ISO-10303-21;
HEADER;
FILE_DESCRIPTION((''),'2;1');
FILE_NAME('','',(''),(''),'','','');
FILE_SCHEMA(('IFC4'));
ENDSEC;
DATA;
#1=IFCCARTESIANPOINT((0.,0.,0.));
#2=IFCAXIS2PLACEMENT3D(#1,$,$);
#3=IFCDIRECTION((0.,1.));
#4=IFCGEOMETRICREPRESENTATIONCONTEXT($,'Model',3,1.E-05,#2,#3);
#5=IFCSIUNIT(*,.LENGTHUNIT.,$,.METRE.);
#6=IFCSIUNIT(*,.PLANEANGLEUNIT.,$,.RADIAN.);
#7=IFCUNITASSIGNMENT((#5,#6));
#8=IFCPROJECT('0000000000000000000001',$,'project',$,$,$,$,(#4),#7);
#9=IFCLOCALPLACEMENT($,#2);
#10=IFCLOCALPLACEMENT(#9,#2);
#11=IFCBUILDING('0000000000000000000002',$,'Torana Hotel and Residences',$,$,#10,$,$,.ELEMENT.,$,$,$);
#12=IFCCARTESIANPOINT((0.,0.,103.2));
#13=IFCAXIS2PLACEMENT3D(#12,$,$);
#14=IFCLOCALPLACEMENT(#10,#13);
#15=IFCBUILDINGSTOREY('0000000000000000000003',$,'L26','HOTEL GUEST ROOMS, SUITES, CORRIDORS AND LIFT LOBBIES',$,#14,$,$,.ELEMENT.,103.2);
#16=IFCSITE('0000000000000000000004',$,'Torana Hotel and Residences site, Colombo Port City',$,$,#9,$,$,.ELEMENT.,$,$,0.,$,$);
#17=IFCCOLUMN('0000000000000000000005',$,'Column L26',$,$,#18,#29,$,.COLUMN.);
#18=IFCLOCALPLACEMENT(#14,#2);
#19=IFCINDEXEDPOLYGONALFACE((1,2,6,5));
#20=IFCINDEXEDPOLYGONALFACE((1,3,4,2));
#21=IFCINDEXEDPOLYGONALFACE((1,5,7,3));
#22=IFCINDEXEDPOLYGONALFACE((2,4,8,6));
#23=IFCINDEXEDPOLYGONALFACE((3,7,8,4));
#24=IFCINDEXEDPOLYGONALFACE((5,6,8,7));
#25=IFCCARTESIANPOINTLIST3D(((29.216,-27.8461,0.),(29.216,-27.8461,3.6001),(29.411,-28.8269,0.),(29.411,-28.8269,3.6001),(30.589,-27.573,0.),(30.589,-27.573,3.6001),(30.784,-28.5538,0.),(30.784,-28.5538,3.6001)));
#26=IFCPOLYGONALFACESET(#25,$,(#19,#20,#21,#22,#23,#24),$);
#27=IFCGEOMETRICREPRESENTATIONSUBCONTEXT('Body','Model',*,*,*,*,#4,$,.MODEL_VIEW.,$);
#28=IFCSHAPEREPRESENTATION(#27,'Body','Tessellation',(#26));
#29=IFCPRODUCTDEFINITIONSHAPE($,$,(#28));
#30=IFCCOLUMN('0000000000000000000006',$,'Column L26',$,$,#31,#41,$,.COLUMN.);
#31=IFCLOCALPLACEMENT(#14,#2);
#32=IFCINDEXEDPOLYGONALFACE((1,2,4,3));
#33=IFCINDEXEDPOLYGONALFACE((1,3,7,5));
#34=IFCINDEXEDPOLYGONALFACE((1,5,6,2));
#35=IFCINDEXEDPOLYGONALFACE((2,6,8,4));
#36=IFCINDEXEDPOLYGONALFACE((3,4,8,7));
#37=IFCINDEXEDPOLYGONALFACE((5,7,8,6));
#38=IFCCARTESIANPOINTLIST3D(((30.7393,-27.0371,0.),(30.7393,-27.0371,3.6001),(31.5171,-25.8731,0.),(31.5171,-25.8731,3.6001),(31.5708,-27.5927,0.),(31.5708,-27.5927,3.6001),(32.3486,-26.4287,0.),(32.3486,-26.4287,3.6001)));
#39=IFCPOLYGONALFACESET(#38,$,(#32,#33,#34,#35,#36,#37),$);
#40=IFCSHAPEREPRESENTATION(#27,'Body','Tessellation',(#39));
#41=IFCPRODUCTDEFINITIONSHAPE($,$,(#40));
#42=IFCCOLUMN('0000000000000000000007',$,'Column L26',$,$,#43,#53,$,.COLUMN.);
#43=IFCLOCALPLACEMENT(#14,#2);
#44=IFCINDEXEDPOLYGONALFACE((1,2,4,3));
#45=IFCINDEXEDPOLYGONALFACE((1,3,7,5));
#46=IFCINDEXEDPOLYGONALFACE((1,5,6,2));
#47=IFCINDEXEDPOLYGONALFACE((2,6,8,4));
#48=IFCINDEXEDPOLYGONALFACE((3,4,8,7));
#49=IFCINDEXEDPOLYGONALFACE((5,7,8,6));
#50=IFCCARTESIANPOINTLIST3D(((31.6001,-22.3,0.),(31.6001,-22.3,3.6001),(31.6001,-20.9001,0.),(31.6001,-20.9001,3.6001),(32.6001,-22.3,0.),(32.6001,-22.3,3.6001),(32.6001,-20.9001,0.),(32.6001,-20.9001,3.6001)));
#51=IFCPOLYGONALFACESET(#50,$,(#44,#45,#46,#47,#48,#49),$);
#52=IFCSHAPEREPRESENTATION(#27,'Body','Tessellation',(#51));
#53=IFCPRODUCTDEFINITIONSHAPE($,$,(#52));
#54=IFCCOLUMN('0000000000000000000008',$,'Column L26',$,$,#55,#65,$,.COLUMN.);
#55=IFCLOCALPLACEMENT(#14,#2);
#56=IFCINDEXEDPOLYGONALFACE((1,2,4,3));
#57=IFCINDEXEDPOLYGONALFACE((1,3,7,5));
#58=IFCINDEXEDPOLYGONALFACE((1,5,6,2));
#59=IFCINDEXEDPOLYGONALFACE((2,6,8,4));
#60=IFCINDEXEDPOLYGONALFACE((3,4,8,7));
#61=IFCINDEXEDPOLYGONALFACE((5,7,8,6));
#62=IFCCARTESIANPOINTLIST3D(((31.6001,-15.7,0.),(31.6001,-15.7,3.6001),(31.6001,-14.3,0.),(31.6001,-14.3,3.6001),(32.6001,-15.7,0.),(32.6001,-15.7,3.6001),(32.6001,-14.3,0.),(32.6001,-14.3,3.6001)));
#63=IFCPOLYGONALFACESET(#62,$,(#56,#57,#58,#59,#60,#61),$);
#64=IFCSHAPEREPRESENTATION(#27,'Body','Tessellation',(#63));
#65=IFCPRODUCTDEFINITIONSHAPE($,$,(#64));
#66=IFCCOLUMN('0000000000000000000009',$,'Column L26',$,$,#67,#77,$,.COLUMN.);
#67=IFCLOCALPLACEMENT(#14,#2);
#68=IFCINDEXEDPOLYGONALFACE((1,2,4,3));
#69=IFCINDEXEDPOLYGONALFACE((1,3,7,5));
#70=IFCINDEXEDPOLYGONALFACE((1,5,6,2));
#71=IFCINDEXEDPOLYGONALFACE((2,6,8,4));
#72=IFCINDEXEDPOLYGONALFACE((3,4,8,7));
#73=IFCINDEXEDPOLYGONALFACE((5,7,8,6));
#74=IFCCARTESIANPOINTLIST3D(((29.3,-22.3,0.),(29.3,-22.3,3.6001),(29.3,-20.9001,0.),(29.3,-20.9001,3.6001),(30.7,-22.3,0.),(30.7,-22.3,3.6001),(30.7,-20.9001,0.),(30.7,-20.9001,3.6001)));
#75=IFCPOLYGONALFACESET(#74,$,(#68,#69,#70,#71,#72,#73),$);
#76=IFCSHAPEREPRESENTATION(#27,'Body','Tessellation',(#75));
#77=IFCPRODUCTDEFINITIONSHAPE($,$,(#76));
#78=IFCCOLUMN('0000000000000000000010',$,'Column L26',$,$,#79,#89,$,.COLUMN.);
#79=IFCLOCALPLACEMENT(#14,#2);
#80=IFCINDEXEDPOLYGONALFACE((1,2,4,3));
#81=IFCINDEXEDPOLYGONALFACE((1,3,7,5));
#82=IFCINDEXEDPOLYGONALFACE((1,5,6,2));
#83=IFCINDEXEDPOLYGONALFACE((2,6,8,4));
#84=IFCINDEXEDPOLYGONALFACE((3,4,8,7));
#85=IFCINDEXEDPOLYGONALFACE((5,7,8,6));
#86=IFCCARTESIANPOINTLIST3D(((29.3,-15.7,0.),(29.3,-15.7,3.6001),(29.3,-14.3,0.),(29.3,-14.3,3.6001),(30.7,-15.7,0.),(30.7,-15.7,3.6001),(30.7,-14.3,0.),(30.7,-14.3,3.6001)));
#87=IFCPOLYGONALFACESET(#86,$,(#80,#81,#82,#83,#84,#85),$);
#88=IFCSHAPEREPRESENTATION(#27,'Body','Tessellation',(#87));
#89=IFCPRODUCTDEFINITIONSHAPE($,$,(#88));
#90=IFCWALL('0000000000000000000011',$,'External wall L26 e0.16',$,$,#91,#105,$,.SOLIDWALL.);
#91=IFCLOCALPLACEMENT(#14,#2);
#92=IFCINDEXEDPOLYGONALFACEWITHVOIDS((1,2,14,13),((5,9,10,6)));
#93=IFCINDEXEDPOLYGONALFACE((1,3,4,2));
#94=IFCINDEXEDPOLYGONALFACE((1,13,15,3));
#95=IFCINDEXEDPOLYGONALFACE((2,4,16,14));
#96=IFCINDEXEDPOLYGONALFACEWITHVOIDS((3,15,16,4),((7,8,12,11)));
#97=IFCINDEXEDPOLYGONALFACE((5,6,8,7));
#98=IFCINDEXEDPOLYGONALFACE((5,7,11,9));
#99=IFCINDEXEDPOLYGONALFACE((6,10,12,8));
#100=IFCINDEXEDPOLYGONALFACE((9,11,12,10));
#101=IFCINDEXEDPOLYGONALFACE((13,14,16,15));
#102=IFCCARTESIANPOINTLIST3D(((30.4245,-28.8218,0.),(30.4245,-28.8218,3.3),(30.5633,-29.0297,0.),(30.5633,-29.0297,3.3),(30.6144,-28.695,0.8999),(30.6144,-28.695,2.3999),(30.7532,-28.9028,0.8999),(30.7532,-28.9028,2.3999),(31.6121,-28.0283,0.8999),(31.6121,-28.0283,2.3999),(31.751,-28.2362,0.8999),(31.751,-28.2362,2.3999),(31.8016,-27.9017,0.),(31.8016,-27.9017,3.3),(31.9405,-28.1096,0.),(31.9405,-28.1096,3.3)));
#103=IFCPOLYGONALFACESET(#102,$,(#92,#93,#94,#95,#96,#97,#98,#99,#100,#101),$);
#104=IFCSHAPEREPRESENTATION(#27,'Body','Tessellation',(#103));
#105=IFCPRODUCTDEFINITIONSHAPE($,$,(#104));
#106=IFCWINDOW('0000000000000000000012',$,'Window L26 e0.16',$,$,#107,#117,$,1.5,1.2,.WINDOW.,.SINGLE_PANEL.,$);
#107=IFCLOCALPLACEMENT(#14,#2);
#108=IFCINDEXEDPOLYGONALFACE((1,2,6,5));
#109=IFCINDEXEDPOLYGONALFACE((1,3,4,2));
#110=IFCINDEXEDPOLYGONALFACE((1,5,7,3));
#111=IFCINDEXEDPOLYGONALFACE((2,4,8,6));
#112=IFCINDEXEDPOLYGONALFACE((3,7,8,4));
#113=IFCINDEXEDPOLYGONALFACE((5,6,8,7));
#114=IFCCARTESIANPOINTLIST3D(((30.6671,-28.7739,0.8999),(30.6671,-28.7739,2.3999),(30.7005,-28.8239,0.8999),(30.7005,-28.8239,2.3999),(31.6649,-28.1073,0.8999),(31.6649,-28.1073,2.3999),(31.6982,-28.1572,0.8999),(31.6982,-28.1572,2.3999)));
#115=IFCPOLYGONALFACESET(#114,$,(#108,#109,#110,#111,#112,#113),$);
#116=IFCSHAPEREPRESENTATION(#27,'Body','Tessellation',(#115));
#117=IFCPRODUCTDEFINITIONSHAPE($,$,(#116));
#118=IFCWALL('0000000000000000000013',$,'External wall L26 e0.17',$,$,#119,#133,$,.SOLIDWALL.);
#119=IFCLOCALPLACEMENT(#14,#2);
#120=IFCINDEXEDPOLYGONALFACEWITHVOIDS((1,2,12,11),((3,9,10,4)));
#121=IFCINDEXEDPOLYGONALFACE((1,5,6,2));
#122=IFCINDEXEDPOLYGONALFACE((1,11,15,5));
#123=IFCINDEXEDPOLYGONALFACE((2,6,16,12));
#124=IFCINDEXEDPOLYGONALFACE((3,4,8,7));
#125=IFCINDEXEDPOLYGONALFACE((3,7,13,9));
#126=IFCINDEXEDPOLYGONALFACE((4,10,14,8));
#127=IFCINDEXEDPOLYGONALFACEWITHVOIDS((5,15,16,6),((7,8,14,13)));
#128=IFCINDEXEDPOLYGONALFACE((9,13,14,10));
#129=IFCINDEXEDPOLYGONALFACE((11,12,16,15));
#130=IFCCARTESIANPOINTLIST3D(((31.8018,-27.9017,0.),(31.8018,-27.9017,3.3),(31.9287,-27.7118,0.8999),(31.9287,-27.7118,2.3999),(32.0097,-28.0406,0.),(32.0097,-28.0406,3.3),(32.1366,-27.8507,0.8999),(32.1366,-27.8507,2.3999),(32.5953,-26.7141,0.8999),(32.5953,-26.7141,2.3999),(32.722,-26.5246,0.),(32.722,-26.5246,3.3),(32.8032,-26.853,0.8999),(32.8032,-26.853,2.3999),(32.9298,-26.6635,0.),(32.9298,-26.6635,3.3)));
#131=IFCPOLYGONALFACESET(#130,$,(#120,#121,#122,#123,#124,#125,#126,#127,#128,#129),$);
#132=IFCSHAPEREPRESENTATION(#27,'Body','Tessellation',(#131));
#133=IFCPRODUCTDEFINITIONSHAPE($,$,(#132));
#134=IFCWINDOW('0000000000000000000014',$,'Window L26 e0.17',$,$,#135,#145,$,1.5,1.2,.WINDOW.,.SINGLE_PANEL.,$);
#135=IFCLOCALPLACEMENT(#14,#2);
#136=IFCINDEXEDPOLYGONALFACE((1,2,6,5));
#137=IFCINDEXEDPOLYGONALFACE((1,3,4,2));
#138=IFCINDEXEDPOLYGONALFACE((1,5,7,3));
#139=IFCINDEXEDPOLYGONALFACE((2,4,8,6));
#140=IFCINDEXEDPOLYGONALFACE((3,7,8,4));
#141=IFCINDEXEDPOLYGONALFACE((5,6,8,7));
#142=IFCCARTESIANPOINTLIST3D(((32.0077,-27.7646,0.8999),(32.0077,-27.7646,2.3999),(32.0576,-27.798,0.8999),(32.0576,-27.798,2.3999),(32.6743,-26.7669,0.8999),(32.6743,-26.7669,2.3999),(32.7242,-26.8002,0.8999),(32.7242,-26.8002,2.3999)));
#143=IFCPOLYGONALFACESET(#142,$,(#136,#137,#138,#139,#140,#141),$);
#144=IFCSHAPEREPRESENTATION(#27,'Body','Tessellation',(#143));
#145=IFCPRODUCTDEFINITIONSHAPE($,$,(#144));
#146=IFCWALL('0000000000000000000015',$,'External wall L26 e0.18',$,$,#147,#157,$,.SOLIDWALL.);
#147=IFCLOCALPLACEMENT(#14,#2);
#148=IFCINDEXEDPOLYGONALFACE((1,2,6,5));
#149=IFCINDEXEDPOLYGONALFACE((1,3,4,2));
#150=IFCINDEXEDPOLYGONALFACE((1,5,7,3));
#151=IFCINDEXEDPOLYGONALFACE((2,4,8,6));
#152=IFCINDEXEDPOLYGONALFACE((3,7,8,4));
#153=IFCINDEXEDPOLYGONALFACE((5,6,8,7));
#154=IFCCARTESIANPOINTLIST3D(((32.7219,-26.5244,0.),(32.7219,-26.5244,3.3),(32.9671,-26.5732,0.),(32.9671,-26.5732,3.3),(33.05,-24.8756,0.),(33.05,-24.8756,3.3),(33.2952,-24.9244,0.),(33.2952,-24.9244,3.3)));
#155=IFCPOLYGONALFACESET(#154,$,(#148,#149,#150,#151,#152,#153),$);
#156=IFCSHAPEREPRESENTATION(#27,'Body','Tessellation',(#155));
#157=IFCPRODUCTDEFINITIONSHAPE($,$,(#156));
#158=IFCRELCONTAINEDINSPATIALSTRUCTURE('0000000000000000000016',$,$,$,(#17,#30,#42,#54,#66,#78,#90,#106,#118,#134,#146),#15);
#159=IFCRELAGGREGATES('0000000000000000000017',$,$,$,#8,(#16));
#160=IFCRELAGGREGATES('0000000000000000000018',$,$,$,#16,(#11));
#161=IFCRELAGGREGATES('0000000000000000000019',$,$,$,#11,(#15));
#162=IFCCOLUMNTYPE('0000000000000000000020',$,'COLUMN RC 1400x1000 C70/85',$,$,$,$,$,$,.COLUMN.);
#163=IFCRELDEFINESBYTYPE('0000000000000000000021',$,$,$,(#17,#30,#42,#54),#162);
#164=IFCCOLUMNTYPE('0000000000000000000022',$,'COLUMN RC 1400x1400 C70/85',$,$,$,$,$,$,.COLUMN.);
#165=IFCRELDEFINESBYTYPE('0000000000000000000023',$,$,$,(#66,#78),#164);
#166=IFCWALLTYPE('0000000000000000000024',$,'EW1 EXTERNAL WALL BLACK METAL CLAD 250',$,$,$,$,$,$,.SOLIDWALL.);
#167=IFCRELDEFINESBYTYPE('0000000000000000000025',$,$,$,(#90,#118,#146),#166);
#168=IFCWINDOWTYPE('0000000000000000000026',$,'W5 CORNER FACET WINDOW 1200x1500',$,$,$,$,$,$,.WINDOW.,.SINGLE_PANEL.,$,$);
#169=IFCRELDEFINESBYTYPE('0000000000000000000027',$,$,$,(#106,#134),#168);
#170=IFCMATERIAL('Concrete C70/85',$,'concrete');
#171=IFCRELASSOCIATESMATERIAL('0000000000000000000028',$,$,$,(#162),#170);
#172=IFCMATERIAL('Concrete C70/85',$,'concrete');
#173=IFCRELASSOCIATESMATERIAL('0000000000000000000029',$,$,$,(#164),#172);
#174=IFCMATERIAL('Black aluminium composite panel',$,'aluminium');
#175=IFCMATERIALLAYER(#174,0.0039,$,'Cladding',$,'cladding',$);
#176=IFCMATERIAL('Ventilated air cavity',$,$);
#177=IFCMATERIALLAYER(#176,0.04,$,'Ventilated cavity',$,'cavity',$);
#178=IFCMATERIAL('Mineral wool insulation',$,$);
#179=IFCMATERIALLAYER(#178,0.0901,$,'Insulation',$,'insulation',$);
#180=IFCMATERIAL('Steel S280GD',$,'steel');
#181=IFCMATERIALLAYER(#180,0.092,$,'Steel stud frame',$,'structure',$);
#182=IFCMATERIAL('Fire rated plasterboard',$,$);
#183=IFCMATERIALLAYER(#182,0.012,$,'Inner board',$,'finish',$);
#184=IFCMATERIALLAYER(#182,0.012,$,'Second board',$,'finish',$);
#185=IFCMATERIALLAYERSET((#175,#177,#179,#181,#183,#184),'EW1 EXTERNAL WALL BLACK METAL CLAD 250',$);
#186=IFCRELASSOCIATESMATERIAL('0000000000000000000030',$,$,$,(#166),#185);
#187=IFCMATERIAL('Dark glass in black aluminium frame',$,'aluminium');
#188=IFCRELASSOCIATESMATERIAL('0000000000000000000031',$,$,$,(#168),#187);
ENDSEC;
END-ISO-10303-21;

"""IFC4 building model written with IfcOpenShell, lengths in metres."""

from ifc_helpers import new_model, si_unit, direction, frame, frame_2d, origin, origin_2d, place, context, subcontext, project, spatial, rectangle, extrude, material, layer, layer_set, material_profile, profile_set, type_object, element, fill, save


model = new_model("IFC4")

# Units and contexts
model_context = context("Model", 3, precision=1e-05, world=origin(), true_north=direction((0.0, 1.0)))
body_context = subcontext(model_context, "Body", "Model", "MODEL_VIEW")
ifc_project = project(units=[si_unit("LENGTHUNIT", "METRE"), si_unit("PLANEANGLEUNIT", "RADIAN")], contexts=[model_context])

# Site, building, storey
site_placement = place(None, origin())
site = spatial("IfcSite", under=ifc_project, at=site_placement, Name="Torana Hotel and Residences site, Colombo Port City", CompositionType="ELEMENT", RefElevation=0.0)
building_placement = place(site_placement, origin())
building = spatial("IfcBuilding", under=site, at=building_placement, Name="Torana Hotel and Residences", CompositionType="ELEMENT")
storey_placement = place(building_placement, frame((0.0, 0.0, 103.2)))
storey = spatial("IfcBuildingStorey", under=building, at=storey_placement, Name="L26", Description="HOTEL GUEST ROOMS, SUITES, CORRIDORS AND LIFT LOBBIES", CompositionType="ELEMENT", Elevation=103.2)

# Columns
ifc_material_1 = material(Name="Concrete C70/85", Category="concrete")
ifc_material_profile_1 = material_profile(ifc_material_1, rectangle(XDim=1.3999, YDim=1.0, at=origin_2d()), Name="RC 1400x1000")
ifc_profile_set_1 = profile_set([ifc_material_profile_1], Name="Concrete C70/85")
column_type_1 = type_object("IfcColumnType", Name="COLUMN RC 1400x1000 C70/85", PredefinedType="COLUMN", material=ifc_profile_set_1)
for number, where, z_axis, x_axis, name in (
    (1, (30.0, -28.2, 0.0), (0.0, 0.0, 1.0), (0.980792, 0.195056, 0.0), "Column L26"),
    (2, (31.5439, -26.7329, 0.0), (0.0, 0.0, 1.0), (0.555585, 0.83146, 0.0), "Column L26"),
    (3, (32.1001, -21.6001, 0.0), (0.0, 0.0, 1.0), (0.0, 1.0, 0.0), "Column L26"),
    (4, (32.1001, -15.0, 0.0), (0.0, 0.0, 1.0), (0.0, 1.0, 0.0), "Column L26"),
):
    element("IfcColumn", number, at=place(storey_placement, frame(where, z_axis=z_axis, x_axis=x_axis)), inside=storey, type_object=column_type_1, Name=name, PredefinedType="COLUMN", context=body_context, shape_type="SweptSolid", body=[
        extrude(rectangle(XDim=1.3999, YDim=1.0, at=origin_2d()), origin(), (0.0, 0.0, 1.0), 3.6001),
    ])
ifc_material_2 = material(Name="Concrete C70/85", Category="concrete")
ifc_material_profile_2 = material_profile(ifc_material_2, rectangle(XDim=1.3999, YDim=1.3999, at=origin_2d()), Name="RC 1400x1400")
ifc_profile_set_2 = profile_set([ifc_material_profile_2], Name="Concrete C70/85")
column_type_2 = type_object("IfcColumnType", Name="COLUMN RC 1400x1400 C70/85", PredefinedType="COLUMN", material=ifc_profile_set_2)
for number, where, z_axis, x_axis, name in (
    (5, (30.0, -21.6001, 0.0), (0.0, 0.0, 1.0), (1.0, 0.0, 0.0), "Column L26"),
    (6, (30.0, -15.0, 0.0), (0.0, 0.0, 1.0), (1.0, 0.0, 0.0), "Column L26"),
):
    element("IfcColumn", number, at=place(storey_placement, frame(where, z_axis=z_axis, x_axis=x_axis)), inside=storey, type_object=column_type_2, Name=name, PredefinedType="COLUMN", context=body_context, shape_type="SweptSolid", body=[
        extrude(rectangle(XDim=1.3999, YDim=1.3999, at=origin_2d()), origin(), (0.0, 0.0, 1.0), 3.6001),
    ])

# Walls, openings, windows
ifc_material_3 = material(Name="Black aluminium composite panel", Category="aluminium")
ifc_layer_1 = layer(ifc_material_3, 0.0039, Name="Cladding", Category="cladding")
ifc_material_4 = material(Name="Ventilated air cavity")
ifc_layer_2 = layer(ifc_material_4, 0.04, Name="Ventilated cavity", Category="cavity")
ifc_material_5 = material(Name="Mineral wool insulation")
ifc_layer_3 = layer(ifc_material_5, 0.0901, Name="Insulation", Category="insulation")
ifc_material_6 = material(Name="Steel S280GD", Category="steel")
ifc_layer_4 = layer(ifc_material_6, 0.092, Name="Steel stud frame", Category="structure")
ifc_material_7 = material(Name="Fire rated plasterboard")
ifc_layer_5 = layer(ifc_material_7, 0.012, Name="Inner board", Category="finish")
ifc_layer_6 = layer(ifc_material_7, 0.012, Name="Second board", Category="finish")
ifc_layer_set_1 = layer_set([ifc_layer_1, ifc_layer_2, ifc_layer_3, ifc_layer_4, ifc_layer_5, ifc_layer_6], Name="EW1 EXTERNAL WALL BLACK METAL CLAD 250")
wall_type_1 = type_object("IfcWallType", Name="EW1 EXTERNAL WALL BLACK METAL CLAD 250", PredefinedType="SOLIDWALL", material=ifc_layer_set_1)
wall_1_placement = place(storey_placement, frame((30.4939, -28.9258, 0.0), z_axis=(0.0, 0.0, 1.0), x_axis=(0.831483, 0.55555, 0.0)))
wall_1 = element("IfcWall", 7, at=wall_1_placement, inside=storey, type_object=wall_type_1, Name="External wall L26 e0.16", PredefinedType="SOLIDWALL", context=body_context, shape_type="SweptSolid", body=[
    extrude(rectangle(XDim=1.6562, YDim=0.25, at=frame_2d((0.8281, 0.0))), origin(), (0.0, 0.0, 1.0), 3.3),
])
opening_1_placement = place(wall_1_placement, frame((0.2283, 0.0, 0.8999)))
opening_1 = element("IfcOpeningElement", 8, at=opening_1_placement, cuts=wall_1, PredefinedType="OPENING", context=body_context, shape_type="SweptSolid", body=[
    extrude(rectangle(XDim=1.2, YDim=1.5, at=frame_2d((0.6001, 0.75))), frame((0.0, 0.135, 0.0), z_axis=(0.0, -1.0, 0.0), x_axis=(1.0, 0.0, 0.0)), (0.0, 0.0, 1.0), 0.27),
])
ifc_material_8 = material(Name="Dark glass in black aluminium frame", Category="aluminium")
window_type_1 = type_object("IfcWindowType", Name="W5 CORNER FACET WINDOW 1200x1500", PartitioningType="SINGLE_PANEL", PredefinedType="WINDOW", material=ifc_material_8)
window_1_placement = place(opening_1_placement, origin())
window_1 = element("IfcWindow", 9, at=window_1_placement, inside=storey, type_object=window_type_1, Name="Window L26 e0.16", OverallHeight=1.5, OverallWidth=1.2, PartitioningType="SINGLE_PANEL", PredefinedType="WINDOW", context=body_context, shape_type="SweptSolid", body=[
    extrude(rectangle(XDim=1.2, YDim=1.5, at=frame_2d((0.6001, 0.75))), frame((0.0, 0.03, 0.0), z_axis=(0.0, -1.0, 0.0), x_axis=(1.0, 0.0, 0.0)), (0.0, 0.0, 1.0), 0.0601),
])
fill(opening_1, window_1)
wall_2_placement = place(storey_placement, frame((31.9058, -27.9712, 0.0), z_axis=(0.0, 0.0, 1.0), x_axis=(0.55555, 0.831483, 0.0)))
wall_2 = element("IfcWall", 10, at=wall_2_placement, inside=storey, type_object=wall_type_1, Name="External wall L26 e0.17", PredefinedType="SOLIDWALL", context=body_context, shape_type="SweptSolid", body=[
    extrude(rectangle(XDim=1.6562, YDim=0.25, at=frame_2d((0.8281, 0.0))), origin(), (0.0, 0.0, 1.0), 3.3),
])
opening_2_placement = place(wall_2_placement, frame((0.2283, 0.0, 0.8999)))
opening_2 = element("IfcOpeningElement", 11, at=opening_2_placement, cuts=wall_2, PredefinedType="OPENING", context=body_context, shape_type="SweptSolid", body=[
    extrude(rectangle(XDim=1.2, YDim=1.5, at=frame_2d((0.6001, 0.75))), frame((0.0, 0.135, 0.0), z_axis=(0.0, -1.0, 0.0), x_axis=(1.0, 0.0, 0.0)), (0.0, 0.0, 1.0), 0.27),
])
window_2_placement = place(opening_2_placement, origin())
window_2 = element("IfcWindow", 12, at=window_2_placement, inside=storey, type_object=window_type_1, Name="Window L26 e0.17", OverallHeight=1.5, OverallWidth=1.2, PartitioningType="SINGLE_PANEL", PredefinedType="WINDOW", context=body_context, shape_type="SweptSolid", body=[
    extrude(rectangle(XDim=1.2, YDim=1.5, at=frame_2d((0.6001, 0.75))), frame((0.0, 0.03, 0.0), z_axis=(0.0, -1.0, 0.0), x_axis=(1.0, 0.0, 0.0)), (0.0, 0.0, 1.0), 0.0601),
])
fill(opening_2, window_2)

# Wall
wall_3_placement = place(storey_placement, frame((32.8445, -26.5488, 0.0), z_axis=(0.0, 0.0, 1.0), x_axis=(0.195167, 0.98077, 0.0)))
element("IfcWall", 13, at=wall_3_placement, inside=storey, type_object=wall_type_1, Name="External wall L26 e0.18", PredefinedType="SOLIDWALL", context=body_context, shape_type="SweptSolid", body=[
    extrude(rectangle(XDim=1.6812, YDim=0.25, at=frame_2d((0.8406, 0.0))), origin(), (0.0, 0.0, 1.0), 3.3),
])

save(model, "model.ifc")
